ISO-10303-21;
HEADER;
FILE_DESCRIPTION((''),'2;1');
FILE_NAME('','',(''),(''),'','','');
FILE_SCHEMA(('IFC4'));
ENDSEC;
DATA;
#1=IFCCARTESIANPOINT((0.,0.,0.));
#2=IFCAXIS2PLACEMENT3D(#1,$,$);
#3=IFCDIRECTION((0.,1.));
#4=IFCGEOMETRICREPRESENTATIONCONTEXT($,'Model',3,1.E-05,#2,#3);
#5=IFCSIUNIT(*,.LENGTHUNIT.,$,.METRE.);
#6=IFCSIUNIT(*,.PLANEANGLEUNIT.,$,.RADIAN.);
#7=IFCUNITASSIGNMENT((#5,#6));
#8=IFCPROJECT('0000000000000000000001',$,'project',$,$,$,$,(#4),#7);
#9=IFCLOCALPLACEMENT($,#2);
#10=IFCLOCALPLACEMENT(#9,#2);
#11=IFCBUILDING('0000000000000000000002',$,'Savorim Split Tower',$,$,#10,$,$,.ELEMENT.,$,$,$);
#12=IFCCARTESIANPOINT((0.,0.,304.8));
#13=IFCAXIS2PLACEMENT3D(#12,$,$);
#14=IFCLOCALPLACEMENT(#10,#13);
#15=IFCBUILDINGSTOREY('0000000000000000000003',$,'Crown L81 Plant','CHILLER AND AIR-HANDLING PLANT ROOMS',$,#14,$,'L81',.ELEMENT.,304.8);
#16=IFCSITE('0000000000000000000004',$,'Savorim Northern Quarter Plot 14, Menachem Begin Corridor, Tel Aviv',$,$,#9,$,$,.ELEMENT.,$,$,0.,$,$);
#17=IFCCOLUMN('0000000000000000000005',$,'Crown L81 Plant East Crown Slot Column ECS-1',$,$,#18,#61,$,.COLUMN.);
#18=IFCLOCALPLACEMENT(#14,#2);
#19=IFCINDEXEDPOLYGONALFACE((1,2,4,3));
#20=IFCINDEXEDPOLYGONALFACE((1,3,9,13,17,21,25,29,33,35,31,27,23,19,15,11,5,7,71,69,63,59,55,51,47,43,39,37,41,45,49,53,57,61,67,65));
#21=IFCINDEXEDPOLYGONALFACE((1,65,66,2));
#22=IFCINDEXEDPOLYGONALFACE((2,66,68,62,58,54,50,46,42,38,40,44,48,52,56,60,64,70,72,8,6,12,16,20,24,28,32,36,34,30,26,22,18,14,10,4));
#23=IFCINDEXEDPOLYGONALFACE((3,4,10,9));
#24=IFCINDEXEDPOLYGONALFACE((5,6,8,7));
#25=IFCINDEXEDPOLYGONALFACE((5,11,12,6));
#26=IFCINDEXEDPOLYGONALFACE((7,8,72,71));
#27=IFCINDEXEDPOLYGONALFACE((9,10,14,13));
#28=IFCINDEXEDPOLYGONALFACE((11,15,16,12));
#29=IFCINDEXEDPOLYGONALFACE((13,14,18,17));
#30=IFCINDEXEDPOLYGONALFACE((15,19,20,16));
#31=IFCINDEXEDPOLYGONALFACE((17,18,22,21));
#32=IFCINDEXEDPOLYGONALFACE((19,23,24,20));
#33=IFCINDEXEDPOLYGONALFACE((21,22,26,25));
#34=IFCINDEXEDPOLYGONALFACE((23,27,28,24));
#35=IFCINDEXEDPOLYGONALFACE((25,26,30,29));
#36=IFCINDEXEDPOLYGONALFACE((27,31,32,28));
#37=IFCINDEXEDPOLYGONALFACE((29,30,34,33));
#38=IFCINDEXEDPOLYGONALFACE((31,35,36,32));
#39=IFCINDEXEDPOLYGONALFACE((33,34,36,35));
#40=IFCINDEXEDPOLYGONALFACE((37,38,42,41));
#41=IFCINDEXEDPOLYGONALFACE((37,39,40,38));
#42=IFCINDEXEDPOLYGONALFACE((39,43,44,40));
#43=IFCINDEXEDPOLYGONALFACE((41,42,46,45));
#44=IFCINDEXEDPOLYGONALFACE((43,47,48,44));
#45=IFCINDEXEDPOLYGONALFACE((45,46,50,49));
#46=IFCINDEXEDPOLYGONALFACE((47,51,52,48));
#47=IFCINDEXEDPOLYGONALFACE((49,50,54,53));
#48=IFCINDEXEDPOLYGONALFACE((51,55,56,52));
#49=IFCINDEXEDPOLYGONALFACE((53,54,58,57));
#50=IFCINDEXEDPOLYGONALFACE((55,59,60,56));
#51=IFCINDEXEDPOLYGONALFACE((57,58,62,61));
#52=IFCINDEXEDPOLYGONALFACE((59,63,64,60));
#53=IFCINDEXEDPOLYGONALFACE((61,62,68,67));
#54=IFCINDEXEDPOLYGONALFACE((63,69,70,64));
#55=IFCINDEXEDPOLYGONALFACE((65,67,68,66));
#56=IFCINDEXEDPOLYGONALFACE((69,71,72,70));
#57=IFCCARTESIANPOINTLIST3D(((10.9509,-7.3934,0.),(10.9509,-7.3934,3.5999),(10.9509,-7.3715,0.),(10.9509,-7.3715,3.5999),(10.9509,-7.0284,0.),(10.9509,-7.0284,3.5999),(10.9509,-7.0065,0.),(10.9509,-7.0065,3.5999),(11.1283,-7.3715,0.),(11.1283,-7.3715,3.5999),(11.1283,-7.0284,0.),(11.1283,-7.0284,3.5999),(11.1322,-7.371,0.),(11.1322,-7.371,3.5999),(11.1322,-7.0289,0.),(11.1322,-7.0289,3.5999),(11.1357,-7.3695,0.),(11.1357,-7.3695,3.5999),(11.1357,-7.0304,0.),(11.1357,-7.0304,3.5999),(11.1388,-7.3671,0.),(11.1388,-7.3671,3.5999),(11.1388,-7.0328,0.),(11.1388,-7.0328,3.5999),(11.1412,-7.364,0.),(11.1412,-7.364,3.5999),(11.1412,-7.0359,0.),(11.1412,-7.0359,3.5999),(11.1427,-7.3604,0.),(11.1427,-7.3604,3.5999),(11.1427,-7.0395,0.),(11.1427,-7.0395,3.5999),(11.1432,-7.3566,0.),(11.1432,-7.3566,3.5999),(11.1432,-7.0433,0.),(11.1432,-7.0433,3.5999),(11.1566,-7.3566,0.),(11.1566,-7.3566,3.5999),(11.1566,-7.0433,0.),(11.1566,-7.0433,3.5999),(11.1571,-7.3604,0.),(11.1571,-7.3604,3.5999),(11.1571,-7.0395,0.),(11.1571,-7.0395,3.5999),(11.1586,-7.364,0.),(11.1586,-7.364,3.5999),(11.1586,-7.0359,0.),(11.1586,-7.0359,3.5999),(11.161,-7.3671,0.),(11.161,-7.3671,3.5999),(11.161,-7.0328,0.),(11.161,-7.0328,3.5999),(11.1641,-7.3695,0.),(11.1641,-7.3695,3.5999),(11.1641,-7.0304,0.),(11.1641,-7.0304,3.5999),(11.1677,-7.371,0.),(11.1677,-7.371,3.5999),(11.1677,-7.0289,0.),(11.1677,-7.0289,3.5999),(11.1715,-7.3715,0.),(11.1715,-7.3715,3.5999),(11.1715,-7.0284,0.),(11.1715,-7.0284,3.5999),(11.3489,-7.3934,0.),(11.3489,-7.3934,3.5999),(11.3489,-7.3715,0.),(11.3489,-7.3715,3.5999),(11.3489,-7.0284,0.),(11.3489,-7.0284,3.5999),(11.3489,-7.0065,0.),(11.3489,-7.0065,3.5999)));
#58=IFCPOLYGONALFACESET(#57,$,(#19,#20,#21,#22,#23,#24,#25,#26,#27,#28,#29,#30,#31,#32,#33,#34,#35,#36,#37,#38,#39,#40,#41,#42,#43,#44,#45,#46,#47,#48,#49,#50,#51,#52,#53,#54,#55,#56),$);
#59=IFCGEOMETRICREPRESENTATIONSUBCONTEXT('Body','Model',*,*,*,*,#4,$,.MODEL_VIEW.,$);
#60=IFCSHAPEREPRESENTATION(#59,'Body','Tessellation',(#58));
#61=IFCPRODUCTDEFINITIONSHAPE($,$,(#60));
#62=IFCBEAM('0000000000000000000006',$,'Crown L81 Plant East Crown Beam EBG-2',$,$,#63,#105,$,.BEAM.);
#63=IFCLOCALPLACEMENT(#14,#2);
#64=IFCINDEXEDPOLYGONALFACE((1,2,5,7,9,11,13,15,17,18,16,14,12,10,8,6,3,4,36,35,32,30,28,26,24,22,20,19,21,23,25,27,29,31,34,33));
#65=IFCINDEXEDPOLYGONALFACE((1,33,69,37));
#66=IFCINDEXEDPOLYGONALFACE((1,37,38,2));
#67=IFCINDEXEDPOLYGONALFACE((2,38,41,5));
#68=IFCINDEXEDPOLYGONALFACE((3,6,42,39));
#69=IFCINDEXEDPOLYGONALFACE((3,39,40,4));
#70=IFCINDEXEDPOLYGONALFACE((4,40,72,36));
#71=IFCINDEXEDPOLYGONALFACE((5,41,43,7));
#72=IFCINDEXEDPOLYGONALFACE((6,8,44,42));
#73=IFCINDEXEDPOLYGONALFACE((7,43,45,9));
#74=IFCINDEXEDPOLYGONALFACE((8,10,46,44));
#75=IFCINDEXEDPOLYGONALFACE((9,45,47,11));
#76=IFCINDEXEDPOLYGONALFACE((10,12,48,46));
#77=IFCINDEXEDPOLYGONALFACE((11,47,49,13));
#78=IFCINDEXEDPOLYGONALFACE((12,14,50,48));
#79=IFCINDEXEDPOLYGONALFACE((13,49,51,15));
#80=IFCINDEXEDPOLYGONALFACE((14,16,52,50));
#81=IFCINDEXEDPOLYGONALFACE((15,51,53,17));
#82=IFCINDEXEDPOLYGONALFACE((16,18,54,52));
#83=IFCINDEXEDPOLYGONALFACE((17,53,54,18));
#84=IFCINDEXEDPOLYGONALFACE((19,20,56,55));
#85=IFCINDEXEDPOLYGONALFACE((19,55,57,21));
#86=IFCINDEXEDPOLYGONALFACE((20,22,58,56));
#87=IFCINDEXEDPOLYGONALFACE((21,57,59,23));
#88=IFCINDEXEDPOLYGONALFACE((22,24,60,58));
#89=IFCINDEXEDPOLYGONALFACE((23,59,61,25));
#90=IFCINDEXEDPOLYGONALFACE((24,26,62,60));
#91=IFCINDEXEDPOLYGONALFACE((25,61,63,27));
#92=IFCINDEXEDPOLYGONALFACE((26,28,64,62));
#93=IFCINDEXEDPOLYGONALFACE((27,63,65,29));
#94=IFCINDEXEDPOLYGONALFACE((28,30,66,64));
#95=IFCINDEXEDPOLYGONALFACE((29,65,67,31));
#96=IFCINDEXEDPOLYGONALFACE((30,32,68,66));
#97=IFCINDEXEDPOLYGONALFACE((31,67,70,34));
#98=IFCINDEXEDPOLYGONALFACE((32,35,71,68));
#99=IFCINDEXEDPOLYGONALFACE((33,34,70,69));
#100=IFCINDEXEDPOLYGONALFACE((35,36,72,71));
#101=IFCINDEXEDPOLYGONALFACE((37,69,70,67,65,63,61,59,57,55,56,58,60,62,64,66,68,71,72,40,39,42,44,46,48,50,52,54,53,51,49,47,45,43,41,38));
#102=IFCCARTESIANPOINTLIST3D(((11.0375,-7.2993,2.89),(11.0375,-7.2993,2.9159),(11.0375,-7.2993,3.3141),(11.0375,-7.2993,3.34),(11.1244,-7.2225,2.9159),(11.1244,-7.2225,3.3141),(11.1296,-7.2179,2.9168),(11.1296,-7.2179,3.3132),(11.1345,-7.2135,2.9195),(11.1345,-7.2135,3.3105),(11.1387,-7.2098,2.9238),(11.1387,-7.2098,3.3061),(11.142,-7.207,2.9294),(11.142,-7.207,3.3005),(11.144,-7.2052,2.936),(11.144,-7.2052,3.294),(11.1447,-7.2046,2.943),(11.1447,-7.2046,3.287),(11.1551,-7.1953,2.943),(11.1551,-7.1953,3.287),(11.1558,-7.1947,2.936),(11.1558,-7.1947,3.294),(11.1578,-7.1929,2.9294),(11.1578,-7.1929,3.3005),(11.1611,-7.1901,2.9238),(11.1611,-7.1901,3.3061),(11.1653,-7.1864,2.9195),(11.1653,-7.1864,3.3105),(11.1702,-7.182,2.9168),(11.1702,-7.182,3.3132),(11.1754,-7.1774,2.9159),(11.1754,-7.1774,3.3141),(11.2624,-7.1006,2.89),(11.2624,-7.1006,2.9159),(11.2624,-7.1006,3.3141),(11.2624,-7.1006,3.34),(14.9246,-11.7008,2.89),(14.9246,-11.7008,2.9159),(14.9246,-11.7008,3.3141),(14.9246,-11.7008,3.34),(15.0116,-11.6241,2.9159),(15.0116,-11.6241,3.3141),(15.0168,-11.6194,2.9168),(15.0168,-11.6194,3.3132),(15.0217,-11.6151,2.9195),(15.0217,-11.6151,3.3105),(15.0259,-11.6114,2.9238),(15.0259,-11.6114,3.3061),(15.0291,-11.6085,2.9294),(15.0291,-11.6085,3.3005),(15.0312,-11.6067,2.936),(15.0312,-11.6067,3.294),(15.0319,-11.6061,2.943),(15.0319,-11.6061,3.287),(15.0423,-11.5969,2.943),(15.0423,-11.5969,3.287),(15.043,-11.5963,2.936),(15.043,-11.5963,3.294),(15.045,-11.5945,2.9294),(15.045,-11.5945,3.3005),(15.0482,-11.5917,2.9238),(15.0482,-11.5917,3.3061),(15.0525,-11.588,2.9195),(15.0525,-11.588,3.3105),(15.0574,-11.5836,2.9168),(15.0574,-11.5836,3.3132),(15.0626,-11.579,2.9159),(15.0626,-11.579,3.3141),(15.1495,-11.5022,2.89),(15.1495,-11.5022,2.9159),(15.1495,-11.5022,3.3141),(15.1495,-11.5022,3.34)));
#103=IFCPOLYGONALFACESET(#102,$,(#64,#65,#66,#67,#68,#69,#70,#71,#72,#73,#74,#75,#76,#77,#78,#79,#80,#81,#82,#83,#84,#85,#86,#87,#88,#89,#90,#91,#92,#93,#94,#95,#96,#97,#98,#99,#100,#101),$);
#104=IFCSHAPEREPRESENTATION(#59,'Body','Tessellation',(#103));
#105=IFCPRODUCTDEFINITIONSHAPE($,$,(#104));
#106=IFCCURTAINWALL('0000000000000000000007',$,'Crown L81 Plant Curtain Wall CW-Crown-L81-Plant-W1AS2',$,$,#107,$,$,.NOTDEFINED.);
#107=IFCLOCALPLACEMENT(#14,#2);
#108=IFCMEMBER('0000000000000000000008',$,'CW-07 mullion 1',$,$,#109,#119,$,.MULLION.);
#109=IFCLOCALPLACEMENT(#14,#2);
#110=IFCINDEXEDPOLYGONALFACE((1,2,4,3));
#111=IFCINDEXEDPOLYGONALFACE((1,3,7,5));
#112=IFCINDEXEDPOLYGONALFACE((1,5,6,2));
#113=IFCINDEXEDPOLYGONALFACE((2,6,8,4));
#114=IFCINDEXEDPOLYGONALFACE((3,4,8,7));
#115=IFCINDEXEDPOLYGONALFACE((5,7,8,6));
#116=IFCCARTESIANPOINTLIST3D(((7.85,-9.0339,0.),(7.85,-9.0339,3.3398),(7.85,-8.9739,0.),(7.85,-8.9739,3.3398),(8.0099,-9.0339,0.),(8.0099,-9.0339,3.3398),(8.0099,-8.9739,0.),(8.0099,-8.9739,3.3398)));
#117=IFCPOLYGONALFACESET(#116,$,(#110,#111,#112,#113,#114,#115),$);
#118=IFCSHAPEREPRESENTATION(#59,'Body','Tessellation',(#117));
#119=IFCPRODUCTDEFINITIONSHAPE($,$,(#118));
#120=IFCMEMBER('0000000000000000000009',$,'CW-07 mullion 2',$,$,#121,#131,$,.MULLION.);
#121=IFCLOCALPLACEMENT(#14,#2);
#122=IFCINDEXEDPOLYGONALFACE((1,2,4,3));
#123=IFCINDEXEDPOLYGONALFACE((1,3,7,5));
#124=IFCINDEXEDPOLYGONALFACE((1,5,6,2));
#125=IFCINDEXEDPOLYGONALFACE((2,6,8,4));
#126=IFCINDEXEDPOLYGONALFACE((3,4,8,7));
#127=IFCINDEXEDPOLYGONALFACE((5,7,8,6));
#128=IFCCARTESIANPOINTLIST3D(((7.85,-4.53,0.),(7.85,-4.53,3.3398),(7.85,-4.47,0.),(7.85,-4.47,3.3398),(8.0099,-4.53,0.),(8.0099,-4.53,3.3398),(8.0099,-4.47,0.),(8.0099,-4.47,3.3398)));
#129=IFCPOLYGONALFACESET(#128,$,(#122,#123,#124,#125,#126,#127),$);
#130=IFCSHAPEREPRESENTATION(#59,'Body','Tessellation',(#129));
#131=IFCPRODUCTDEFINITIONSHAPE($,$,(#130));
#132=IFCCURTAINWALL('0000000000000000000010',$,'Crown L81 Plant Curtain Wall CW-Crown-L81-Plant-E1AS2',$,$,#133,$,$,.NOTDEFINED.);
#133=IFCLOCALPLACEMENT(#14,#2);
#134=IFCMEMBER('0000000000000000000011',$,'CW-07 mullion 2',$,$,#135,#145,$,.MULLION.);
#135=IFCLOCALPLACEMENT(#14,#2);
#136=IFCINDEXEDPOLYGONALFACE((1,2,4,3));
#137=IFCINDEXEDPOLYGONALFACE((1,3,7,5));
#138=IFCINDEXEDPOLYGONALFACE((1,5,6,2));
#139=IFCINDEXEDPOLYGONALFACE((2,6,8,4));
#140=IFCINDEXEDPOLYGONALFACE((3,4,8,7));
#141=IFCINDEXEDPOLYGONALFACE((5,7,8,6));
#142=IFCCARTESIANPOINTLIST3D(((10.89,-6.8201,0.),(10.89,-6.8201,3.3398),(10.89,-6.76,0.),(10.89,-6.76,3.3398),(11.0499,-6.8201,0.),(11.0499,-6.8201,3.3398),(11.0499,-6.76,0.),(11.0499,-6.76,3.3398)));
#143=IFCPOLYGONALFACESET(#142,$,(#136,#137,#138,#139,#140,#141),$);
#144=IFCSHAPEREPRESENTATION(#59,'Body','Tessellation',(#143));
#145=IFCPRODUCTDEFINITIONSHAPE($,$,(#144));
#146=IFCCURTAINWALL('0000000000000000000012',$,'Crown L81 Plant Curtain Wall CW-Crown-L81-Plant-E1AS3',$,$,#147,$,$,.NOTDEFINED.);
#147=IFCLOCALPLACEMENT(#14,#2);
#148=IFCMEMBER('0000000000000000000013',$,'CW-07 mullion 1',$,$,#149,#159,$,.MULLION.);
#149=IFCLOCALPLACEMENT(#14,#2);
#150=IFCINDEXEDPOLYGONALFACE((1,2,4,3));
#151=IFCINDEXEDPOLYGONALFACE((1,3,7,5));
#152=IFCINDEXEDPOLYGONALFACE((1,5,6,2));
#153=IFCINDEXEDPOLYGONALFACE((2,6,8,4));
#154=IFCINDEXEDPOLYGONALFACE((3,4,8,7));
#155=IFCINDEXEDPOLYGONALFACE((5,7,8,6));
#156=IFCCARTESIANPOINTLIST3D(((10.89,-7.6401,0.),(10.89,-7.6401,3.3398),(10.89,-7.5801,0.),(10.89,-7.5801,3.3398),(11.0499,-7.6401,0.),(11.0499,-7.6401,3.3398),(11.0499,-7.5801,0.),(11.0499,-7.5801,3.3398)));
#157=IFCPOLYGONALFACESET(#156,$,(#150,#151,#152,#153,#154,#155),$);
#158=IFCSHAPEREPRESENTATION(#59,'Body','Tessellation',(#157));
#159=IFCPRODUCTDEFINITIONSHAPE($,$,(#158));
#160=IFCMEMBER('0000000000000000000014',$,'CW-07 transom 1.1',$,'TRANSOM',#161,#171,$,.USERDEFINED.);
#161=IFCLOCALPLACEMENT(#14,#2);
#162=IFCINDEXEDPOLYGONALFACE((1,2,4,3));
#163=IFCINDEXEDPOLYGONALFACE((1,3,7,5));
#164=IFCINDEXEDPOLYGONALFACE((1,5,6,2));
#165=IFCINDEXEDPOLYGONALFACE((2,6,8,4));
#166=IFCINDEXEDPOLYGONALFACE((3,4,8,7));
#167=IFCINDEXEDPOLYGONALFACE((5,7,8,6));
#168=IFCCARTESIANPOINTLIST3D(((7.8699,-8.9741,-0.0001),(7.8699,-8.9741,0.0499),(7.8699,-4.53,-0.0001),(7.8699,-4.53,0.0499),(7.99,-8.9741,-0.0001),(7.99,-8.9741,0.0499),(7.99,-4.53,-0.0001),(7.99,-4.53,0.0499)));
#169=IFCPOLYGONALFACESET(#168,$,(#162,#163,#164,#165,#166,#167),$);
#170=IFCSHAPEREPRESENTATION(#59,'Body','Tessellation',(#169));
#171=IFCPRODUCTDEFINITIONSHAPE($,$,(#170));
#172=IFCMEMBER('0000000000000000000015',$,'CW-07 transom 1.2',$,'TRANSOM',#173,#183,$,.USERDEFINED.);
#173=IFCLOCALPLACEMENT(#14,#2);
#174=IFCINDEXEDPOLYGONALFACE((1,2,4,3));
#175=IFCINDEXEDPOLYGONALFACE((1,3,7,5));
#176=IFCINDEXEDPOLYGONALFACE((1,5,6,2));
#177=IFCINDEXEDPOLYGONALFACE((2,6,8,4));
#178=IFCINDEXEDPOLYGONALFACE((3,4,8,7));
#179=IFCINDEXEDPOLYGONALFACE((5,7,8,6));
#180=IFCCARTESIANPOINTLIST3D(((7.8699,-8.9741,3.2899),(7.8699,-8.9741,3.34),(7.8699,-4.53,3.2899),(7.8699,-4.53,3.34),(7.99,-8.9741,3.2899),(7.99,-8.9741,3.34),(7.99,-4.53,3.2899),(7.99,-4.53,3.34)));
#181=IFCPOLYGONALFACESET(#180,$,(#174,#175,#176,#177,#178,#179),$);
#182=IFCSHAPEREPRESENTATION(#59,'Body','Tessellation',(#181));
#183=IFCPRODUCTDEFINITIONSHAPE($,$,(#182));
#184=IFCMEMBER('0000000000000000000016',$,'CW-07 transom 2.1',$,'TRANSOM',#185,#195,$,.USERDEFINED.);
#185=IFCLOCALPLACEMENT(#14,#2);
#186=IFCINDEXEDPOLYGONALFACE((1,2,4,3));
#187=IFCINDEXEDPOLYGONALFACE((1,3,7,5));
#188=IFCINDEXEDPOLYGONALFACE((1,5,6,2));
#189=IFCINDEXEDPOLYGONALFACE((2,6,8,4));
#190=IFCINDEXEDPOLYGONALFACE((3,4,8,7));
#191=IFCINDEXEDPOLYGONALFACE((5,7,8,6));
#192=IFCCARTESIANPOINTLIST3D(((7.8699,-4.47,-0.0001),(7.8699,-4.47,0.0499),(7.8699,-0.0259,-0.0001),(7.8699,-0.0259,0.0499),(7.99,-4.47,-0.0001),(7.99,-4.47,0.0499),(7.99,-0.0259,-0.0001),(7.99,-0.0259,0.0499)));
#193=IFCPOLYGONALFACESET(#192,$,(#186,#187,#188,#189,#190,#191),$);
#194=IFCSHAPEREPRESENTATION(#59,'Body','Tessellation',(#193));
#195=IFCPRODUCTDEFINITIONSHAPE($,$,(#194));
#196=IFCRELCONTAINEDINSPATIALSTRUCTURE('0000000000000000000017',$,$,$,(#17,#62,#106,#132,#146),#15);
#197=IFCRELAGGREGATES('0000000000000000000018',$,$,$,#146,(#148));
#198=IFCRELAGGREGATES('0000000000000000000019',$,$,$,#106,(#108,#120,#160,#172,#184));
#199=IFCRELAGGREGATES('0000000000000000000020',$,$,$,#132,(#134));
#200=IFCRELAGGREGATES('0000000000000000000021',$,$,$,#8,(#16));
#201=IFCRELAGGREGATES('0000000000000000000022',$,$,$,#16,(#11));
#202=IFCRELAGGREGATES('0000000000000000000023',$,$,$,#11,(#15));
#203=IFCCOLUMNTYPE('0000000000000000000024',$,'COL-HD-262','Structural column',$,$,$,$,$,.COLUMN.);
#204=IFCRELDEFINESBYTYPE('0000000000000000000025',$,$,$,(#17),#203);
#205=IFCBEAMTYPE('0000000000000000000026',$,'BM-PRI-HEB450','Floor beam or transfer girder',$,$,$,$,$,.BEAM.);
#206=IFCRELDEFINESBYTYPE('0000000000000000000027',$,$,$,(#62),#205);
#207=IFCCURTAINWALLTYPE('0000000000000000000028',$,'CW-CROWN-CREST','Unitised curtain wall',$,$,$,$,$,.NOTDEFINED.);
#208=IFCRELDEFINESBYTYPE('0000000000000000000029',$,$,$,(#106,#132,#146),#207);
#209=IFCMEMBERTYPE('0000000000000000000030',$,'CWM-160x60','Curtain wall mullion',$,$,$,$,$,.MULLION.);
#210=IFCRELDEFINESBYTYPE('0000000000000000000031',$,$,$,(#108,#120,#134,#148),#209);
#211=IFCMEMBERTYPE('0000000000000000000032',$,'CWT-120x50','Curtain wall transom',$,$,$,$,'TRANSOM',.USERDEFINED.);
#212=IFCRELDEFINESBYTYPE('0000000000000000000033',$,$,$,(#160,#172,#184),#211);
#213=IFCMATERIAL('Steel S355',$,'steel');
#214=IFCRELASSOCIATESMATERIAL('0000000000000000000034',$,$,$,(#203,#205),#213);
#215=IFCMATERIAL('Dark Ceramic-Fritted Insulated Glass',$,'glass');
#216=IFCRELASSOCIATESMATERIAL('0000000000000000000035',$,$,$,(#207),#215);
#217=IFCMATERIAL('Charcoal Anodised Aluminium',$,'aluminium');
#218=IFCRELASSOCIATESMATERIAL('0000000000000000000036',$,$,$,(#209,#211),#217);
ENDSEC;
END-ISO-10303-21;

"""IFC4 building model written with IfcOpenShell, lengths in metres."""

from ifc_helpers import new_model, si_unit, direction, frame, origin, origin_2d, place, context, subcontext, project, spatial, rectangle, i_section, extrude, material, material_profile, profile_set, type_object, element, aggregate, save


model = new_model("IFC4")

# Units and contexts
model_context = context("Model", 3, precision=1e-05, world=origin(), true_north=direction((0.0, 1.0)))
body_context = subcontext(model_context, "Body", "Model", "MODEL_VIEW")
ifc_project = project(units=[si_unit("LENGTHUNIT", "METRE"), si_unit("PLANEANGLEUNIT", "RADIAN")], contexts=[model_context])

# Site, building, storey
site_placement = place(None, origin())
site = spatial("IfcSite", under=ifc_project, at=site_placement, Name="Savorim Northern Quarter Plot 14, Menachem Begin Corridor, Tel Aviv", CompositionType="ELEMENT", RefElevation=0.0)
building_placement = place(site_placement, origin())
building = spatial("IfcBuilding", under=site, at=building_placement, Name="Savorim Split Tower", CompositionType="ELEMENT")
storey_placement = place(building_placement, frame((0.0, 0.0, 304.8)))
storey = spatial("IfcBuildingStorey", under=building, at=storey_placement, Name="Crown L81 Plant", Description="CHILLER AND AIR-HANDLING PLANT ROOMS", LongName="L81", CompositionType="ELEMENT", Elevation=304.8)

# Column
ifc_material_1 = material(Name="Steel S355", Category="steel")
ifc_material_profile_1 = material_profile(ifc_material_1, i_section(OverallWidth=0.3979, OverallDepth=0.387, WebThickness=0.0134, FlangeThickness=0.022, FilletRadius=0.0149, at=origin_2d()), Name="HD 400x262")
ifc_profile_set_1 = profile_set([ifc_material_profile_1], Name="Steel S355")
column_type = type_object("IfcColumnType", Name="COL-HD-262", Description="Structural column", PredefinedType="COLUMN", material=ifc_profile_set_1)
column_placement = place(storey_placement, frame((11.1499, -7.2, 0.0), z_axis=(0.0, 0.0, 1.0), x_axis=(1.0, 0.0, 0.0)))
element("IfcColumn", 1, at=column_placement, inside=storey, type_object=column_type, Name="Crown L81 Plant East Crown Slot Column ECS-1", PredefinedType="COLUMN", context=body_context, shape_type="SweptSolid", body=[
    extrude(i_section(OverallWidth=0.3979, OverallDepth=0.387, WebThickness=0.0134, FlangeThickness=0.022, FilletRadius=0.0149, at=origin_2d()), origin(), (0.0, 0.0, 1.0), 3.5999),
])

# Beam
ifc_material_profile_2 = material_profile(ifc_material_1, i_section(OverallWidth=0.3, OverallDepth=0.45, WebThickness=0.0139, FlangeThickness=0.0259, FilletRadius=0.0271, at=origin_2d()), Name="HEB 450")
ifc_profile_set_2 = profile_set([ifc_material_profile_2], Name="Steel S355")
beam_type = type_object("IfcBeamType", Name="BM-PRI-HEB450", Description="Floor beam or transfer girder", PredefinedType="BEAM", material=ifc_profile_set_2)
beam_placement = place(storey_placement, frame((11.1499, -7.2, 3.115), z_axis=(0.66195, -0.749548, 0.0), x_axis=(0.749548, 0.66195, 0.0)))
element("IfcBeam", 2, at=beam_placement, inside=storey, type_object=beam_type, Name="Crown L81 Plant East Crown Beam EBG-2", PredefinedType="BEAM", context=body_context, shape_type="SweptSolid", body=[
    extrude(i_section(OverallWidth=0.3, OverallDepth=0.45, WebThickness=0.0139, FlangeThickness=0.0259, FilletRadius=0.0271, at=origin_2d()), origin(), (0.0, 0.0, 1.0), 5.8723),
])

# Curtain wall, members
ifc_material_2 = material(Name="Dark Ceramic-Fritted Insulated Glass", Category="glass")
curtain_wall_type = type_object("IfcCurtainWallType", Name="CW-CROWN-CREST", Description="Unitised curtain wall", PredefinedType="NOTDEFINED", material=ifc_material_2)
curtain_wall_1_placement = place(storey_placement, origin())
curtain_wall_1 = element("IfcCurtainWall", 3, at=curtain_wall_1_placement, inside=storey, type_object=curtain_wall_type, Name="Crown L81 Plant Curtain Wall CW-Crown-L81-Plant-W1AS2", PredefinedType="NOTDEFINED")
ifc_material_3 = material(Name="Charcoal Anodised Aluminium", Category="aluminium")
ifc_material_profile_3 = material_profile(ifc_material_3, rectangle(XDim=0.1599, YDim=0.0601, at=origin_2d()), Name="ALU-M 160x60")
ifc_profile_set_3 = profile_set([ifc_material_profile_3], Name="Charcoal Anodised Aluminium")
member_type_1 = type_object("IfcMemberType", Name="CWM-160x60", Description="Curtain wall mullion", PredefinedType="MULLION", material=ifc_profile_set_3)
member_1_placement = place(storey_placement, frame((7.9299, -9.0039, 0.0), z_axis=(0.0, 0.0, 1.0), x_axis=(-1.0, 0.0, 0.0)))
member_1 = element("IfcMember", 4, at=member_1_placement, type_object=member_type_1, Name="CW-07 mullion 1", PredefinedType="MULLION", context=body_context, shape_type="SweptSolid", body=[
    extrude(rectangle(XDim=0.1599, YDim=0.0601, at=origin_2d()), origin(), (0.0, 0.0, 1.0), 3.3398),
])
member_2_placement = place(storey_placement, frame((7.9299, -4.5, 0.0), z_axis=(0.0, 0.0, 1.0), x_axis=(-1.0, 0.0, 0.0)))
member_2 = element("IfcMember", 5, at=member_2_placement, type_object=member_type_1, Name="CW-07 mullion 2", PredefinedType="MULLION", context=body_context, shape_type="SweptSolid", body=[
    extrude(rectangle(XDim=0.1599, YDim=0.0601, at=origin_2d()), origin(), (0.0, 0.0, 1.0), 3.3398),
])

# Curtain walls, members
curtain_wall_2_placement = place(storey_placement, origin())
curtain_wall_2 = element("IfcCurtainWall", 6, at=curtain_wall_2_placement, inside=storey, type_object=curtain_wall_type, Name="Crown L81 Plant Curtain Wall CW-Crown-L81-Plant-E1AS2", PredefinedType="NOTDEFINED")
member_3_placement = place(storey_placement, frame((10.97, -6.79, 0.0), z_axis=(0.0, 0.0, 1.0), x_axis=(1.0, 0.0, 0.0)))
member_3 = element("IfcMember", 7, at=member_3_placement, type_object=member_type_1, Name="CW-07 mullion 2", PredefinedType="MULLION", context=body_context, shape_type="SweptSolid", body=[
    extrude(rectangle(XDim=0.1599, YDim=0.0601, at=origin_2d()), origin(), (0.0, 0.0, 1.0), 3.3398),
])
curtain_wall_3_placement = place(storey_placement, origin())
curtain_wall_3 = element("IfcCurtainWall", 8, at=curtain_wall_3_placement, inside=storey, type_object=curtain_wall_type, Name="Crown L81 Plant Curtain Wall CW-Crown-L81-Plant-E1AS3", PredefinedType="NOTDEFINED")
member_4_placement = place(storey_placement, frame((10.97, -7.6101, 0.0), z_axis=(0.0, 0.0, 1.0), x_axis=(1.0, 0.0, 0.0)))
member_4 = element("IfcMember", 9, at=member_4_placement, type_object=member_type_1, Name="CW-07 mullion 1", PredefinedType="MULLION", context=body_context, shape_type="SweptSolid", body=[
    extrude(rectangle(XDim=0.1599, YDim=0.0601, at=origin_2d()), origin(), (0.0, 0.0, 1.0), 3.3398),
])

# Members
ifc_material_profile_4 = material_profile(ifc_material_3, rectangle(XDim=0.1201, YDim=0.05, at=origin_2d()), Name="ALU-T 120x50")
ifc_profile_set_4 = profile_set([ifc_material_profile_4], Name="Charcoal Anodised Aluminium")
member_type_2 = type_object("IfcMemberType", Name="CWT-120x50", Description="Curtain wall transom", ElementType="TRANSOM", PredefinedType="USERDEFINED", material=ifc_profile_set_4)
member_5_placement = place(storey_placement, frame((7.9299, -8.9741, 0.0249), z_axis=(0.0, 1.0, 0.0), x_axis=(-1.0, 0.0, 0.0)))
member_5 = element("IfcMember", 10, at=member_5_placement, type_object=member_type_2, Name="CW-07 transom 1.1", ObjectType="TRANSOM", PredefinedType="USERDEFINED", context=body_context, shape_type="SweptSolid", body=[
    extrude(rectangle(XDim=0.1201, YDim=0.05, at=origin_2d()), origin(), (0.0, 0.0, 1.0), 4.4441),
])
member_6_placement = place(storey_placement, frame((7.9299, -8.9741, 3.3149), z_axis=(0.0, 1.0, 0.0), x_axis=(-1.0, 0.0, 0.0)))
member_6 = element("IfcMember", 11, at=member_6_placement, type_object=member_type_2, Name="CW-07 transom 1.2", ObjectType="TRANSOM", PredefinedType="USERDEFINED", context=body_context, shape_type="SweptSolid", body=[
    extrude(rectangle(XDim=0.1201, YDim=0.05, at=origin_2d()), origin(), (0.0, 0.0, 1.0), 4.4441),
])
member_7_placement = place(storey_placement, frame((7.9299, -4.47, 0.0249), z_axis=(0.0, 1.0, 0.0), x_axis=(-1.0, 0.0, 0.0)))
member_7 = element("IfcMember", 12, at=member_7_placement, type_object=member_type_2, Name="CW-07 transom 2.1", ObjectType="TRANSOM", PredefinedType="USERDEFINED", context=body_context, shape_type="SweptSolid", body=[
    extrude(rectangle(XDim=0.1201, YDim=0.05, at=origin_2d()), origin(), (0.0, 0.0, 1.0), 4.4441),
])
aggregate(curtain_wall_3, [member_4])

aggregate(curtain_wall_1, [member_1, member_2, member_5, member_6, member_7])
aggregate(curtain_wall_2, [member_3])

save(model, "model.ifc")
